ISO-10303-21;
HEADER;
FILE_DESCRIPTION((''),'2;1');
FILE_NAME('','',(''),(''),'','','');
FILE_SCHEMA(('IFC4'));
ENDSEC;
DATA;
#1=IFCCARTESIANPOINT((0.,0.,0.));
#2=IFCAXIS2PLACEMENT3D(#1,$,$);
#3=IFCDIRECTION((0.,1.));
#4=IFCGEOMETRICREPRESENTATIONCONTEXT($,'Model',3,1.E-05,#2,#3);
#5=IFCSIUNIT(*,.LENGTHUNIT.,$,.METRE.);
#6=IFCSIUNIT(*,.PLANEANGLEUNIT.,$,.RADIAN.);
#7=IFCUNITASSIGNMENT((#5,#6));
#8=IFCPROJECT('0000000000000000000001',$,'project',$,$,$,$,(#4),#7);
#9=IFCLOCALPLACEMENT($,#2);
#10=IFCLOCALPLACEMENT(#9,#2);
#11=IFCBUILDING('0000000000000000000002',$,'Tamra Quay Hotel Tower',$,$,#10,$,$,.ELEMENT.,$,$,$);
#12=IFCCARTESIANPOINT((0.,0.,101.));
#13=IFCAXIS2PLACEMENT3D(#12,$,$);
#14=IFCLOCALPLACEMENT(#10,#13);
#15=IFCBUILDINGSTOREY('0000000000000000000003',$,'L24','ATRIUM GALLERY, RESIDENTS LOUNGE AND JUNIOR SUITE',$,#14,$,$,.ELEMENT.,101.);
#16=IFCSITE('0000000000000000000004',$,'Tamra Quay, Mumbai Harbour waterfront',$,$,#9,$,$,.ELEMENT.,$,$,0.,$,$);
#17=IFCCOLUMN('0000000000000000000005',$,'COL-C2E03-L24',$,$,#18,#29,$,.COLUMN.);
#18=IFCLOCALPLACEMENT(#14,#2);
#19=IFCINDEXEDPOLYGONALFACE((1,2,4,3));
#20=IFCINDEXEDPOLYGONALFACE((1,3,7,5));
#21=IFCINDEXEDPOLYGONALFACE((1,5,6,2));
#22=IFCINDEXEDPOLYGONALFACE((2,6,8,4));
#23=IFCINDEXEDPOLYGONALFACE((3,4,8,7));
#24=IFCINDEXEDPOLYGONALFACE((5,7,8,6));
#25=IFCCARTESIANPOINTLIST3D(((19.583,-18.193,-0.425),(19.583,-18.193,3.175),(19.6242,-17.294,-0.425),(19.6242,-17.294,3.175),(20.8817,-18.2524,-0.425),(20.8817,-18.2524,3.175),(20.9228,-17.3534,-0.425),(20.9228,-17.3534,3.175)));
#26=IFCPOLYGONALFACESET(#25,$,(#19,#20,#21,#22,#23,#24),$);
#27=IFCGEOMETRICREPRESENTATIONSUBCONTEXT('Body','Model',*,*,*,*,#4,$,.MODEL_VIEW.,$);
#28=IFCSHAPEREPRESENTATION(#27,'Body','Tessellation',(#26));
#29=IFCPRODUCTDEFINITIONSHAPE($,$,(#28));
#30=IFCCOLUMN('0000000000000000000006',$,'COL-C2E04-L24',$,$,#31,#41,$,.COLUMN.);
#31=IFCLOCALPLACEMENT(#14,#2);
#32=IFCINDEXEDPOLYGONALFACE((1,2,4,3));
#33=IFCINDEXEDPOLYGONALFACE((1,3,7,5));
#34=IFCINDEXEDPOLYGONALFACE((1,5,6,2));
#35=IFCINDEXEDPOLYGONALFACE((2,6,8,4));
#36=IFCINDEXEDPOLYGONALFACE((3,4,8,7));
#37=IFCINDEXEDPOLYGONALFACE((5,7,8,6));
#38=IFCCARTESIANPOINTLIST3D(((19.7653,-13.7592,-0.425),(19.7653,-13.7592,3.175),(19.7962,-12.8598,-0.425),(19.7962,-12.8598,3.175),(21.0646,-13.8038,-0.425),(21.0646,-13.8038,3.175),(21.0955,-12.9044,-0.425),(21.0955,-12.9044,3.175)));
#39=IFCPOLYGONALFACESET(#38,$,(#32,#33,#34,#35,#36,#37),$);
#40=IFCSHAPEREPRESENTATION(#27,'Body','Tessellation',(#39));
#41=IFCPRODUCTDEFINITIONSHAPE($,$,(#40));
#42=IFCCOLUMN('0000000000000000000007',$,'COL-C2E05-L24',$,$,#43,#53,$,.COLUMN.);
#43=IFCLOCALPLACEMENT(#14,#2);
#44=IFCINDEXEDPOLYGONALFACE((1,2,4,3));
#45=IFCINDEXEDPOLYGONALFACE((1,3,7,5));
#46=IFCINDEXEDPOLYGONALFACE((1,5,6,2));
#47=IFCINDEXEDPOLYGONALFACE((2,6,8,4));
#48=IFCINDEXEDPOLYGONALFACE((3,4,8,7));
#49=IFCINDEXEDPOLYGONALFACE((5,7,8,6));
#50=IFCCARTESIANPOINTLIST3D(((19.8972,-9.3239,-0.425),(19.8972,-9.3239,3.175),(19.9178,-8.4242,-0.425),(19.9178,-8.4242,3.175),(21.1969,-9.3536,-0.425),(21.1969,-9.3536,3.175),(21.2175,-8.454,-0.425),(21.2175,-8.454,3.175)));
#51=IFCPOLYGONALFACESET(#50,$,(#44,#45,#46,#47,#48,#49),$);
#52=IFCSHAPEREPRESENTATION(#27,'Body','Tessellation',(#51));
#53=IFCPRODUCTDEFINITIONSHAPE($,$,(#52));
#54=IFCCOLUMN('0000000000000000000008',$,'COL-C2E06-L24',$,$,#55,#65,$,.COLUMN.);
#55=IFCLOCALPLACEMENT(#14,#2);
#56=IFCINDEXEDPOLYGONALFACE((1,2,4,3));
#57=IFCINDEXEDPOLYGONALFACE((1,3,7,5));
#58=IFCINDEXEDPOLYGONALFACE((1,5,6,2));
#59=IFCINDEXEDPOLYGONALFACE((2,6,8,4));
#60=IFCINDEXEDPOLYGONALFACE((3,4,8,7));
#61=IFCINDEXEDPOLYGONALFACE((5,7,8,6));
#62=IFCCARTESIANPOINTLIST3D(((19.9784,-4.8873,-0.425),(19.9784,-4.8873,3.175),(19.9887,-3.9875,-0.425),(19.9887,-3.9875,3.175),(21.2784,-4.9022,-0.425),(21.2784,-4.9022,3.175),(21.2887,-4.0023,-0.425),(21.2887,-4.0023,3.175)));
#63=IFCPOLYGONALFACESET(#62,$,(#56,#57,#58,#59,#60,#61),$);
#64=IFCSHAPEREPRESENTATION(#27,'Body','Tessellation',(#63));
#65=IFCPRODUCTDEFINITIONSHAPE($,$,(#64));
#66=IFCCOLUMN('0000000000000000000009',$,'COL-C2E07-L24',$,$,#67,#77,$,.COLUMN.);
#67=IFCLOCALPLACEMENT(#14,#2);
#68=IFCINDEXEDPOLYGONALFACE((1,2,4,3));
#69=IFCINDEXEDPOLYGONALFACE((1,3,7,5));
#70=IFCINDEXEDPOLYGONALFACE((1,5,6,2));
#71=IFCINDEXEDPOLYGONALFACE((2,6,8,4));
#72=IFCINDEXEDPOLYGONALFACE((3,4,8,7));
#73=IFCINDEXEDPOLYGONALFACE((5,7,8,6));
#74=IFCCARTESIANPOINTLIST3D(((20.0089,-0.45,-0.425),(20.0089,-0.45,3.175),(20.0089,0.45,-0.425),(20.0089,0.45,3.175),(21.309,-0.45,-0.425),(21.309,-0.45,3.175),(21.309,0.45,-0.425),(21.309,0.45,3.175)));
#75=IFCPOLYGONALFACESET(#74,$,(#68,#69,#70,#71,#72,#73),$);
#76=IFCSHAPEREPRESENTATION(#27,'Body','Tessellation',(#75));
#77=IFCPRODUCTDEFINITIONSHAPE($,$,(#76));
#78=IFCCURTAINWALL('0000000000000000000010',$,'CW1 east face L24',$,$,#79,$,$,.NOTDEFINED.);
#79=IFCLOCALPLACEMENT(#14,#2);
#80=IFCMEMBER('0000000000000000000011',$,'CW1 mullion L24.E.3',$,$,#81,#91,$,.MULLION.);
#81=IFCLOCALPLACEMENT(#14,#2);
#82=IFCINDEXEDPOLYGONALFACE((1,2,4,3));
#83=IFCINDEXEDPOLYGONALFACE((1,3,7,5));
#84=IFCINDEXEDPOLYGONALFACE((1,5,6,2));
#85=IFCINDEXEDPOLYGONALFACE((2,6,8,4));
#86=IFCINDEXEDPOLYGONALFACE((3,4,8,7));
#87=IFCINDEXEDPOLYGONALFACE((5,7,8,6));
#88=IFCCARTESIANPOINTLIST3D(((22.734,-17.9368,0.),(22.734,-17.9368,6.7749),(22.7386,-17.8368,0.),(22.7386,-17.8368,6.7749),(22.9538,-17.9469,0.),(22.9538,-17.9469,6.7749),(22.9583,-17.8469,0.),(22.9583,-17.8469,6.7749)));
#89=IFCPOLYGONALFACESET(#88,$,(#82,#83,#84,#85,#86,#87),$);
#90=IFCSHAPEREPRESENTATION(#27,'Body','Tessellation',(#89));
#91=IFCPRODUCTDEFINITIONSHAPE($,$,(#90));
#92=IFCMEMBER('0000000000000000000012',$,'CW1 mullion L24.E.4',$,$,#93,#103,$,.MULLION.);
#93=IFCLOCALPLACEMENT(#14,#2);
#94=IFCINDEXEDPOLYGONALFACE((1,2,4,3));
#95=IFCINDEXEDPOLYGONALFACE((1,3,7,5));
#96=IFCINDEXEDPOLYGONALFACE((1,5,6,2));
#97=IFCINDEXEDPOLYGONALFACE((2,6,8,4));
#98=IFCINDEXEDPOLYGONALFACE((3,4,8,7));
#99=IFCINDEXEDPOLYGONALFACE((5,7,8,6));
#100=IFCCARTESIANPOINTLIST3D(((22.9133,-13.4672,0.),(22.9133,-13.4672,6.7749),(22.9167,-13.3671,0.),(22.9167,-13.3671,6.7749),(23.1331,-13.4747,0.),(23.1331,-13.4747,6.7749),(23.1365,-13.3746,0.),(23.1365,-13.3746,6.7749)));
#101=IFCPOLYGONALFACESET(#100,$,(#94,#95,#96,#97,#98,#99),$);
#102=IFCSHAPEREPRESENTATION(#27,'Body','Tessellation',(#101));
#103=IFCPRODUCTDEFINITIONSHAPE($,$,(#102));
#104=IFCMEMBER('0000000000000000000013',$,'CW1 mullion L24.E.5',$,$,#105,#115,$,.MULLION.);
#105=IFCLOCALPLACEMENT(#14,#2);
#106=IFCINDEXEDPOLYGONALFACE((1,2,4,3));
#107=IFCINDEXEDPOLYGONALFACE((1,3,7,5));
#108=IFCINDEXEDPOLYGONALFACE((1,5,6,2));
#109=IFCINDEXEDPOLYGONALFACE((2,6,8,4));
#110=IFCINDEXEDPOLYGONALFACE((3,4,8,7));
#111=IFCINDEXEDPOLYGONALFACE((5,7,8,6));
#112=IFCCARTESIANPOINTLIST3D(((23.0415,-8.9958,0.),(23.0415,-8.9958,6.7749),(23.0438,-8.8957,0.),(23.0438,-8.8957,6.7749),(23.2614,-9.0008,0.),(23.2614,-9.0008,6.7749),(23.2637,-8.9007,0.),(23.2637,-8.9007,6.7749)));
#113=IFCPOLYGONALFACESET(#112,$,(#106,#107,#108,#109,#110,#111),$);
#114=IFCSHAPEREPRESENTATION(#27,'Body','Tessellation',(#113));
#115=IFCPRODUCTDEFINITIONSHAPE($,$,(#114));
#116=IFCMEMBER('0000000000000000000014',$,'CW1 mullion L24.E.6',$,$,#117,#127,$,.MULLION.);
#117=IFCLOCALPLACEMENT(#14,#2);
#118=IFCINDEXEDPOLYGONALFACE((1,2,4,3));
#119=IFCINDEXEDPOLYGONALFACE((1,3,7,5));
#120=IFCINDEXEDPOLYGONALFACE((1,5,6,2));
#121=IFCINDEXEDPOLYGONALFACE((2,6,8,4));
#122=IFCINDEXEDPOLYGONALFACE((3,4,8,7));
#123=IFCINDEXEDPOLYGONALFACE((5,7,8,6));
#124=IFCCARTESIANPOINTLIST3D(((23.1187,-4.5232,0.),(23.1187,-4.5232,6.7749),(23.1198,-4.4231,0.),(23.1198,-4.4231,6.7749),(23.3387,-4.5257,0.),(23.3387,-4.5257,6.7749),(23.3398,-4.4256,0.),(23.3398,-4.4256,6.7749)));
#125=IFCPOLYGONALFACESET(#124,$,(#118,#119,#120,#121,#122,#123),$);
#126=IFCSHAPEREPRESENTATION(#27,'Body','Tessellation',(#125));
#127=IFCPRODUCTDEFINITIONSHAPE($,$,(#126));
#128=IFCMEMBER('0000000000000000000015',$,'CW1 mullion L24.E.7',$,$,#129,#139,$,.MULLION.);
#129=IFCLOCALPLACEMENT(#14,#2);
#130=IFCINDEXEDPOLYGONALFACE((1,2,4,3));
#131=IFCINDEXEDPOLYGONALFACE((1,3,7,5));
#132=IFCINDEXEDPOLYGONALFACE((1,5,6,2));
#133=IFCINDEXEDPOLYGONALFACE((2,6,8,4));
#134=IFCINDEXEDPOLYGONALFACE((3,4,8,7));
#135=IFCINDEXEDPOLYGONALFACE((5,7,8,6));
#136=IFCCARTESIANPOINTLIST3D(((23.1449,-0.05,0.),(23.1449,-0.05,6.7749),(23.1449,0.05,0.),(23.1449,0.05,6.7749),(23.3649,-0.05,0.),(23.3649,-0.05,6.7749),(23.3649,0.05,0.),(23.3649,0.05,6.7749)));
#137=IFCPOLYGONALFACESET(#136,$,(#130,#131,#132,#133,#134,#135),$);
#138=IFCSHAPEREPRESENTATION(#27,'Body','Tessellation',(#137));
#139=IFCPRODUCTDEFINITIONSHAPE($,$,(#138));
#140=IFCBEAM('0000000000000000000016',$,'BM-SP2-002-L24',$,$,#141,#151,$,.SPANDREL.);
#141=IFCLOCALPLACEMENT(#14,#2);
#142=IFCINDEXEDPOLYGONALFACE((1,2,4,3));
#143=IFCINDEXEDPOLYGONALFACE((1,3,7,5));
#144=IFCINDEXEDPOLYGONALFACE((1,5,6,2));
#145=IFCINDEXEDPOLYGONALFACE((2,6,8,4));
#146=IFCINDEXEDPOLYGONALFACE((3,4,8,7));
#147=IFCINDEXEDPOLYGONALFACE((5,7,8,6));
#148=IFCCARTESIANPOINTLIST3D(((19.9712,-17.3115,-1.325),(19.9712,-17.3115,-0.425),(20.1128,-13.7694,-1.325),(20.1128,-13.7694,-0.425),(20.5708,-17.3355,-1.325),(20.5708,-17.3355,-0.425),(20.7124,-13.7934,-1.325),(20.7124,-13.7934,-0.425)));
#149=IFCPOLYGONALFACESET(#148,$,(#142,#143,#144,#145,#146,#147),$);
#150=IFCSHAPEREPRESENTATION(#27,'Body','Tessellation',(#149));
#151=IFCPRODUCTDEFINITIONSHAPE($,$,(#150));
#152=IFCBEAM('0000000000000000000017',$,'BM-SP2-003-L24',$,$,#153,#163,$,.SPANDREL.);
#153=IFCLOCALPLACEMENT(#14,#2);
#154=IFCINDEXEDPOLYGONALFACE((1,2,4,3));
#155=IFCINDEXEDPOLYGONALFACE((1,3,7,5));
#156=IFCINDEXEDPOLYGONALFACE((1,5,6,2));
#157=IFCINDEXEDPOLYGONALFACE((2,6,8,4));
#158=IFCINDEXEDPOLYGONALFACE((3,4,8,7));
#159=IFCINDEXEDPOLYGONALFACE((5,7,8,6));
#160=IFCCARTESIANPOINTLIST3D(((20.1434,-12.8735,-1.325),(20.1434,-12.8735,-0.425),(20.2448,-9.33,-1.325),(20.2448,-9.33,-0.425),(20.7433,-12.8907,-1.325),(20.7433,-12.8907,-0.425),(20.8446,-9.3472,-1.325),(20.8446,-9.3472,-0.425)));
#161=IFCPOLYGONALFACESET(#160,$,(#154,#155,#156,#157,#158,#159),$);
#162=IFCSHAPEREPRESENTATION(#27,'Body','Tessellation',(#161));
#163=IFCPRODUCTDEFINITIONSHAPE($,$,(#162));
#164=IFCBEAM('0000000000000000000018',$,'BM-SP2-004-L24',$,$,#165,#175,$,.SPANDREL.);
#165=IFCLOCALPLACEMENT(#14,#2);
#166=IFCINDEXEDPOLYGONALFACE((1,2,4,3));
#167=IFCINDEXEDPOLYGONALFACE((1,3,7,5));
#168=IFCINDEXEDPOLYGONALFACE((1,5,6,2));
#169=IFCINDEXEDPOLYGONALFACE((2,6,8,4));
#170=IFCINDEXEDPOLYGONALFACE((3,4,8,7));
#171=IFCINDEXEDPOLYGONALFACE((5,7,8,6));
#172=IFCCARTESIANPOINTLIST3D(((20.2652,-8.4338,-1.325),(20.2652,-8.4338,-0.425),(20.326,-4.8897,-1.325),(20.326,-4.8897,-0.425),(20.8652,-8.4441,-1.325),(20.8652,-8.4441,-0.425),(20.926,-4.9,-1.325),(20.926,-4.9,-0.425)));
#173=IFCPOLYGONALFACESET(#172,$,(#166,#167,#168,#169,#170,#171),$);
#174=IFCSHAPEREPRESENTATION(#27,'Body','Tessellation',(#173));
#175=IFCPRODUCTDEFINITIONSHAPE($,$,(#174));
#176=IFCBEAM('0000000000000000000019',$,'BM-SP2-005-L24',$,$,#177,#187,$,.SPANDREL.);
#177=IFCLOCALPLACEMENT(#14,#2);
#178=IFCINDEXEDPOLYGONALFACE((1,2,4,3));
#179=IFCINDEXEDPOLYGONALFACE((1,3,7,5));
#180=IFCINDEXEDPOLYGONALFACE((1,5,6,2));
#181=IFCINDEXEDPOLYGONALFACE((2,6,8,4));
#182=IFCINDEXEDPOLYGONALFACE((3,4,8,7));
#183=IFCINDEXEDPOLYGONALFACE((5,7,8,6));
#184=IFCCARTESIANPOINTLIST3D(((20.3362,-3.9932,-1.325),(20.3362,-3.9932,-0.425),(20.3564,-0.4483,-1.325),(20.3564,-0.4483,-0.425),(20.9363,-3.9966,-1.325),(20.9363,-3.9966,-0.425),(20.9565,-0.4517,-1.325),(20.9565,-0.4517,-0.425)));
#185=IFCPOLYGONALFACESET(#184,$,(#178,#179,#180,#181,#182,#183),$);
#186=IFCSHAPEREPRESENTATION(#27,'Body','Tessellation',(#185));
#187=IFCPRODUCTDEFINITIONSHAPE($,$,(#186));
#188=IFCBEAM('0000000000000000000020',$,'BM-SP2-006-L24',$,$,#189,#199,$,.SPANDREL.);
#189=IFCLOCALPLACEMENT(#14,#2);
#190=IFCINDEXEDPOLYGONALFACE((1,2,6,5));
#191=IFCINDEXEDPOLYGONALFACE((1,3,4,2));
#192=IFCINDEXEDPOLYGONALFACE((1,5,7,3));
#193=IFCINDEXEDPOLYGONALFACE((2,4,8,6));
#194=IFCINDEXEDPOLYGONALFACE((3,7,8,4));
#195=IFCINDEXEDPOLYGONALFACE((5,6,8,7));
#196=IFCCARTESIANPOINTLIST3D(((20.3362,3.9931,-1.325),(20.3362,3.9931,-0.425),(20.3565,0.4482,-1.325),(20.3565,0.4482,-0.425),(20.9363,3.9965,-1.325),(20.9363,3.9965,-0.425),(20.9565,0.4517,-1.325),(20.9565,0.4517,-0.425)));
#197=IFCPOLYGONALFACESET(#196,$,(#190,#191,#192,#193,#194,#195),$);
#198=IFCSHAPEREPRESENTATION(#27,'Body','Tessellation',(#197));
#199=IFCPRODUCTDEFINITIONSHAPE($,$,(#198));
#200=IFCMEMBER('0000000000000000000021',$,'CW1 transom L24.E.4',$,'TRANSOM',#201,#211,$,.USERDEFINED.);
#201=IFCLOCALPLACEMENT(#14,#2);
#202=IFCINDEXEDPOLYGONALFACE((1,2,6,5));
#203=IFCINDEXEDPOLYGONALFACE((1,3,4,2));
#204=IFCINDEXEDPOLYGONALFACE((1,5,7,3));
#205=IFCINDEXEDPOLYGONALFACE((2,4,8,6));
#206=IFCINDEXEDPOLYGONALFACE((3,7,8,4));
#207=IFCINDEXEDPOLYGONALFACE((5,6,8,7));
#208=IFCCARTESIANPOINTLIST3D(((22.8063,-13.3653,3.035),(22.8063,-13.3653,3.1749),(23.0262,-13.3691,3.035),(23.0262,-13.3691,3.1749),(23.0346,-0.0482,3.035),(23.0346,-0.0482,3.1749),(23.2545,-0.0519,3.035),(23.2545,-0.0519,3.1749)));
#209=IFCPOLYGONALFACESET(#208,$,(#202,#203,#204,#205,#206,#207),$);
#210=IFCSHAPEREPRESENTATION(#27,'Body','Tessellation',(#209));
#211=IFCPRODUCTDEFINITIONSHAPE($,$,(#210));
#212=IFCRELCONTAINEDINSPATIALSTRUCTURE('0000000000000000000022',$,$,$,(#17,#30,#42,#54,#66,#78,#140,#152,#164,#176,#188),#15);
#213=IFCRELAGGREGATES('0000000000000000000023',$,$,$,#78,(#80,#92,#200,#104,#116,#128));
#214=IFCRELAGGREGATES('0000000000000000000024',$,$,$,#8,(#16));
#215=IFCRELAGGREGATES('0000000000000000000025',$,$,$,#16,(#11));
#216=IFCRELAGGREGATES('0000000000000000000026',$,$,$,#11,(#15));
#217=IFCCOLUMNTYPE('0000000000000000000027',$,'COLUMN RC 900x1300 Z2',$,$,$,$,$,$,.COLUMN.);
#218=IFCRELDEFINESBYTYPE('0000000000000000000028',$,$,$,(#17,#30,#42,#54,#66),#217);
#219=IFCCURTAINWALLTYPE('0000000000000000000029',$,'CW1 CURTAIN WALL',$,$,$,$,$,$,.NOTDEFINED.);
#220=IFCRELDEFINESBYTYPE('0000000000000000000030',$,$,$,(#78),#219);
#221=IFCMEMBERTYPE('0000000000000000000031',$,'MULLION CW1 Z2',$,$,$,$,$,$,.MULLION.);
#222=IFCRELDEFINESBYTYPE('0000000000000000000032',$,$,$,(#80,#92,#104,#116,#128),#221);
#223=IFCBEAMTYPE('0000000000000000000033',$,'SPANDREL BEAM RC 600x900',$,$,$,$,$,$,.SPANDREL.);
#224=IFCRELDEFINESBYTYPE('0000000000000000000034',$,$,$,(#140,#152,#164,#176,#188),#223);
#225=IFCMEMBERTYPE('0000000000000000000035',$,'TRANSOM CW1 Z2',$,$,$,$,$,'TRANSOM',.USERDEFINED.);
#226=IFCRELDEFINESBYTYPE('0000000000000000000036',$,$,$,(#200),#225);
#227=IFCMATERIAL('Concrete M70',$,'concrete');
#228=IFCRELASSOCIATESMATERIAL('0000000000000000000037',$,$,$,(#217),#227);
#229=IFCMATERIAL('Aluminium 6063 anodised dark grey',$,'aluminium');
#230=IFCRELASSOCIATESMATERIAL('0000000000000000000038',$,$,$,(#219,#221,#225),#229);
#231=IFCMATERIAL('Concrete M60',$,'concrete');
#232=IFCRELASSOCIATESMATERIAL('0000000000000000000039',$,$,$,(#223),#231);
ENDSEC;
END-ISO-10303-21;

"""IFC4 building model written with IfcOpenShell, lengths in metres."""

from ifc_helpers import new_model, si_unit, direction, frame, origin, origin_2d, place, context, subcontext, project, spatial, rectangle, extrude, material, material_profile, profile_set, type_object, element, aggregate, save


model = new_model("IFC4")

# Units and contexts
model_context = context("Model", 3, precision=1e-05, world=origin(), true_north=direction((0.0, 1.0)))
body_context = subcontext(model_context, "Body", "Model", "MODEL_VIEW")
ifc_project = project(units=[si_unit("LENGTHUNIT", "METRE"), si_unit("PLANEANGLEUNIT", "RADIAN")], contexts=[model_context])

# Site, building, storey
site_placement = place(None, origin())
site = spatial("IfcSite", under=ifc_project, at=site_placement, Name="Tamra Quay, Mumbai Harbour waterfront", CompositionType="ELEMENT", RefElevation=0.0)
building_placement = place(site_placement, origin())
building = spatial("IfcBuilding", under=site, at=building_placement, Name="Tamra Quay Hotel Tower", CompositionType="ELEMENT")
storey_placement = place(building_placement, frame((0.0, 0.0, 101.0)))
storey = spatial("IfcBuildingStorey", under=building, at=storey_placement, Name="L24", Description="ATRIUM GALLERY, RESIDENTS LOUNGE AND JUNIOR SUITE", CompositionType="ELEMENT", Elevation=101.0)

# Columns
ifc_material_1 = material(Name="Concrete M70", Category="concrete")
ifc_material_profile_1 = material_profile(ifc_material_1, rectangle(XDim=1.3, YDim=0.8999, at=origin_2d()), Name="COLUMN RC 900x1300 Z2")
ifc_profile_set_1 = profile_set([ifc_material_profile_1], Name="Concrete M70")
column_type = type_object("IfcColumnType", Name="COLUMN RC 900x1300 Z2", PredefinedType="COLUMN", material=ifc_profile_set_1)
for number, where, z_axis, x_axis, name in (
    (1, (20.2529, -17.7732, -0.425), (0.0, 0.0, 1.0), (-0.998955, 0.045712, 0.0), "COL-C2E03-L24"),
    (2, (20.4304, -13.3318, -0.425), (0.0, 0.0, 1.0), (-0.999412, 0.034299, 0.0), "COL-C2E04-L24"),
    (3, (20.5574, -8.8889, -0.425), (0.0, 0.0, 1.0), (-0.999738, 0.022874, 0.0), "COL-C2E05-L24"),
    (4, (20.6335, -4.4448, -0.425), (0.0, 0.0, 1.0), (-0.999935, 0.011439, 0.0), "COL-C2E06-L24"),
    (5, (20.6589, 0.0, -0.425), (0.0, 0.0, 1.0), (1.0, 0.0, 0.0), "COL-C2E07-L24"),
):
    element("IfcColumn", number, at=place(storey_placement, frame(where, z_axis=z_axis, x_axis=x_axis)), inside=storey, type_object=column_type, Name=name, PredefinedType="COLUMN", context=body_context, shape_type="SweptSolid", body=[
        extrude(rectangle(XDim=1.3, YDim=0.8999, at=origin_2d()), origin(), (0.0, 0.0, 1.0), 3.6001),
    ])

# Curtain wall, members
ifc_material_2 = material(Name="Aluminium 6063 anodised dark grey", Category="aluminium")
curtain_wall_type = type_object("IfcCurtainWallType", Name="CW1 CURTAIN WALL", PredefinedType="NOTDEFINED", material=ifc_material_2)
curtain_wall_placement = place(storey_placement, origin())
curtain_wall = element("IfcCurtainWall", 6, at=curtain_wall_placement, inside=storey, type_object=curtain_wall_type, Name="CW1 east face L24", PredefinedType="NOTDEFINED")
ifc_material_profile_2 = material_profile(ifc_material_2, rectangle(XDim=0.22, YDim=0.1001, at=origin_2d()), Name="MULLION 100X220")
ifc_profile_set_2 = profile_set([ifc_material_profile_2], Name="Aluminium 6063 anodised dark grey")
member_type_1 = type_object("IfcMemberType", Name="MULLION CW1 Z2", PredefinedType="MULLION", material=ifc_profile_set_2)
member_1_placement = place(storey_placement, frame((22.8462, -17.8918, 0.0), z_axis=(0.0, 0.0, 1.0), x_axis=(0.998958, -0.045633, 0.0)))
member_1 = element("IfcMember", 7, at=member_1_placement, type_object=member_type_1, Name="CW1 mullion L24.E.3", PredefinedType="MULLION", context=body_context, shape_type="SweptSolid", body=[
    extrude(rectangle(XDim=0.22, YDim=0.1001, at=origin_2d()), origin(), (0.0, 0.0, 1.0), 6.7749),
])
member_2_placement = place(storey_placement, frame((23.0249, -13.4209, 0.0), z_axis=(0.0, 0.0, 1.0), x_axis=(0.999413, -0.034246, 0.0)))
member_2 = element("IfcMember", 8, at=member_2_placement, type_object=member_type_1, Name="CW1 mullion L24.E.4", PredefinedType="MULLION", context=body_context, shape_type="SweptSolid", body=[
    extrude(rectangle(XDim=0.22, YDim=0.1001, at=origin_2d()), origin(), (0.0, 0.0, 1.0), 6.7749),
])
member_3_placement = place(storey_placement, frame((23.1526, -8.9482, 0.0), z_axis=(0.0, 0.0, 1.0), x_axis=(0.999739, -0.022841, 0.0)))
member_3 = element("IfcMember", 9, at=member_3_placement, type_object=member_type_1, Name="CW1 mullion L24.E.5", PredefinedType="MULLION", context=body_context, shape_type="SweptSolid", body=[
    extrude(rectangle(XDim=0.22, YDim=0.1001, at=origin_2d()), origin(), (0.0, 0.0, 1.0), 6.7749),
])
member_4_placement = place(storey_placement, frame((23.2292, -4.4744, 0.0), z_axis=(0.0, 0.0, 1.0), x_axis=(0.999935, -0.011424, 0.0)))
member_4 = element("IfcMember", 10, at=member_4_placement, type_object=member_type_1, Name="CW1 mullion L24.E.6", PredefinedType="MULLION", context=body_context, shape_type="SweptSolid", body=[
    extrude(rectangle(XDim=0.22, YDim=0.1001, at=origin_2d()), origin(), (0.0, 0.0, 1.0), 6.7749),
])
member_5_placement = place(storey_placement, frame((23.2549, 0.0, 0.0), z_axis=(0.0, 0.0, 1.0), x_axis=(1.0, 0.0, 0.0)))
member_5 = element("IfcMember", 11, at=member_5_placement, type_object=member_type_1, Name="CW1 mullion L24.E.7", PredefinedType="MULLION", context=body_context, shape_type="SweptSolid", body=[
    extrude(rectangle(XDim=0.22, YDim=0.1001, at=origin_2d()), origin(), (0.0, 0.0, 1.0), 6.7749),
])

# Beams
ifc_material_3 = material(Name="Concrete M60", Category="concrete")
ifc_material_profile_3 = material_profile(ifc_material_3, rectangle(XDim=0.6001, YDim=0.8999, at=origin_2d()), Name="SPANDREL BEAM RC 600x900")
ifc_profile_set_3 = profile_set([ifc_material_profile_3], Name="Concrete M60")
beam_type = type_object("IfcBeamType", Name="SPANDREL BEAM RC 600x900", PredefinedType="SPANDREL", material=ifc_profile_set_3)
for number, where, z_axis, x_axis, name in (
    (12, (20.271, -17.3235, -0.875), (0.039946, 0.999202, 0.0), (-0.999202, 0.039946, 0.0), "BM-SP2-002-L24"),
    (13, (20.4434, -12.8821, -0.875), (0.028581, 0.999591, 0.0), (-0.999591, 0.028581, 0.0), "BM-SP2-003-L24"),
):
    element("IfcBeam", number, at=place(storey_placement, frame(where, z_axis=z_axis, x_axis=x_axis)), inside=storey, type_object=beam_type, Name=name, PredefinedType="SPANDREL", context=body_context, shape_type="SweptSolid", body=[
        extrude(rectangle(XDim=0.6001, YDim=0.8999, at=origin_2d()), origin(), (0.0, 0.0, 1.0), 3.5449),
    ])
beam_placement = place(storey_placement, frame((20.5652, -8.439, -0.875), z_axis=(0.01715, 0.999853, 0.0), x_axis=(-0.999853, 0.01715, 0.0)))
element("IfcBeam", 14, at=beam_placement, inside=storey, type_object=beam_type, Name="BM-SP2-004-L24", PredefinedType="SPANDREL", context=body_context, shape_type="SweptSolid", body=[
    extrude(rectangle(XDim=0.6001, YDim=0.8999, at=origin_2d()), origin(), (0.0, 0.0, 1.0), 3.5447),
])
for number, where, z_axis, x_axis, name in (
    (15, (20.6362, -3.9949, -0.875), (0.005716, 0.999984, 0.0), (-0.999984, 0.005716, 0.0), "BM-SP2-005-L24"),
    (16, (20.6565, 0.45, -0.875), (-0.005716, 0.999984, 0.0), (-0.999984, -0.005716, 0.0), "BM-SP2-006-L24"),
):
    element("IfcBeam", number, at=place(storey_placement, frame(where, z_axis=z_axis, x_axis=x_axis)), inside=storey, type_object=beam_type, Name=name, PredefinedType="SPANDREL", context=body_context, shape_type="SweptSolid", body=[
        extrude(rectangle(XDim=0.6001, YDim=0.8999, at=origin_2d()), origin(), (0.0, 0.0, 1.0), 3.5449),
    ])

# Member
ifc_material_profile_4 = material_profile(ifc_material_2, rectangle(XDim=0.22, YDim=0.1399, at=origin_2d()), Name="TRANSOM 220X140")
ifc_profile_set_4 = profile_set([ifc_material_profile_4], Name="Aluminium 6063 anodised dark grey")
member_type_2 = type_object("IfcMemberType", Name="TRANSOM CW1 Z2", ElementType="TRANSOM", PredefinedType="USERDEFINED", material=ifc_profile_set_4)
member_6_placement = place(storey_placement, frame((22.9163, -13.3672, 3.105), z_axis=(0.017139, 0.999853, 0.0), x_axis=(-0.999853, 0.017139, 0.0)))
member_6 = element("IfcMember", 17, at=member_6_placement, type_object=member_type_2, Name="CW1 transom L24.E.4", ObjectType="TRANSOM", PredefinedType="USERDEFINED", context=body_context, shape_type="SweptSolid", body=[
    extrude(rectangle(XDim=0.22, YDim=0.1399, at=origin_2d()), origin(), (0.0, 0.0, 1.0), 13.3191),
])

aggregate(curtain_wall, [member_1, member_2, member_6, member_3, member_4, member_5])

save(model, "model.ifc")
